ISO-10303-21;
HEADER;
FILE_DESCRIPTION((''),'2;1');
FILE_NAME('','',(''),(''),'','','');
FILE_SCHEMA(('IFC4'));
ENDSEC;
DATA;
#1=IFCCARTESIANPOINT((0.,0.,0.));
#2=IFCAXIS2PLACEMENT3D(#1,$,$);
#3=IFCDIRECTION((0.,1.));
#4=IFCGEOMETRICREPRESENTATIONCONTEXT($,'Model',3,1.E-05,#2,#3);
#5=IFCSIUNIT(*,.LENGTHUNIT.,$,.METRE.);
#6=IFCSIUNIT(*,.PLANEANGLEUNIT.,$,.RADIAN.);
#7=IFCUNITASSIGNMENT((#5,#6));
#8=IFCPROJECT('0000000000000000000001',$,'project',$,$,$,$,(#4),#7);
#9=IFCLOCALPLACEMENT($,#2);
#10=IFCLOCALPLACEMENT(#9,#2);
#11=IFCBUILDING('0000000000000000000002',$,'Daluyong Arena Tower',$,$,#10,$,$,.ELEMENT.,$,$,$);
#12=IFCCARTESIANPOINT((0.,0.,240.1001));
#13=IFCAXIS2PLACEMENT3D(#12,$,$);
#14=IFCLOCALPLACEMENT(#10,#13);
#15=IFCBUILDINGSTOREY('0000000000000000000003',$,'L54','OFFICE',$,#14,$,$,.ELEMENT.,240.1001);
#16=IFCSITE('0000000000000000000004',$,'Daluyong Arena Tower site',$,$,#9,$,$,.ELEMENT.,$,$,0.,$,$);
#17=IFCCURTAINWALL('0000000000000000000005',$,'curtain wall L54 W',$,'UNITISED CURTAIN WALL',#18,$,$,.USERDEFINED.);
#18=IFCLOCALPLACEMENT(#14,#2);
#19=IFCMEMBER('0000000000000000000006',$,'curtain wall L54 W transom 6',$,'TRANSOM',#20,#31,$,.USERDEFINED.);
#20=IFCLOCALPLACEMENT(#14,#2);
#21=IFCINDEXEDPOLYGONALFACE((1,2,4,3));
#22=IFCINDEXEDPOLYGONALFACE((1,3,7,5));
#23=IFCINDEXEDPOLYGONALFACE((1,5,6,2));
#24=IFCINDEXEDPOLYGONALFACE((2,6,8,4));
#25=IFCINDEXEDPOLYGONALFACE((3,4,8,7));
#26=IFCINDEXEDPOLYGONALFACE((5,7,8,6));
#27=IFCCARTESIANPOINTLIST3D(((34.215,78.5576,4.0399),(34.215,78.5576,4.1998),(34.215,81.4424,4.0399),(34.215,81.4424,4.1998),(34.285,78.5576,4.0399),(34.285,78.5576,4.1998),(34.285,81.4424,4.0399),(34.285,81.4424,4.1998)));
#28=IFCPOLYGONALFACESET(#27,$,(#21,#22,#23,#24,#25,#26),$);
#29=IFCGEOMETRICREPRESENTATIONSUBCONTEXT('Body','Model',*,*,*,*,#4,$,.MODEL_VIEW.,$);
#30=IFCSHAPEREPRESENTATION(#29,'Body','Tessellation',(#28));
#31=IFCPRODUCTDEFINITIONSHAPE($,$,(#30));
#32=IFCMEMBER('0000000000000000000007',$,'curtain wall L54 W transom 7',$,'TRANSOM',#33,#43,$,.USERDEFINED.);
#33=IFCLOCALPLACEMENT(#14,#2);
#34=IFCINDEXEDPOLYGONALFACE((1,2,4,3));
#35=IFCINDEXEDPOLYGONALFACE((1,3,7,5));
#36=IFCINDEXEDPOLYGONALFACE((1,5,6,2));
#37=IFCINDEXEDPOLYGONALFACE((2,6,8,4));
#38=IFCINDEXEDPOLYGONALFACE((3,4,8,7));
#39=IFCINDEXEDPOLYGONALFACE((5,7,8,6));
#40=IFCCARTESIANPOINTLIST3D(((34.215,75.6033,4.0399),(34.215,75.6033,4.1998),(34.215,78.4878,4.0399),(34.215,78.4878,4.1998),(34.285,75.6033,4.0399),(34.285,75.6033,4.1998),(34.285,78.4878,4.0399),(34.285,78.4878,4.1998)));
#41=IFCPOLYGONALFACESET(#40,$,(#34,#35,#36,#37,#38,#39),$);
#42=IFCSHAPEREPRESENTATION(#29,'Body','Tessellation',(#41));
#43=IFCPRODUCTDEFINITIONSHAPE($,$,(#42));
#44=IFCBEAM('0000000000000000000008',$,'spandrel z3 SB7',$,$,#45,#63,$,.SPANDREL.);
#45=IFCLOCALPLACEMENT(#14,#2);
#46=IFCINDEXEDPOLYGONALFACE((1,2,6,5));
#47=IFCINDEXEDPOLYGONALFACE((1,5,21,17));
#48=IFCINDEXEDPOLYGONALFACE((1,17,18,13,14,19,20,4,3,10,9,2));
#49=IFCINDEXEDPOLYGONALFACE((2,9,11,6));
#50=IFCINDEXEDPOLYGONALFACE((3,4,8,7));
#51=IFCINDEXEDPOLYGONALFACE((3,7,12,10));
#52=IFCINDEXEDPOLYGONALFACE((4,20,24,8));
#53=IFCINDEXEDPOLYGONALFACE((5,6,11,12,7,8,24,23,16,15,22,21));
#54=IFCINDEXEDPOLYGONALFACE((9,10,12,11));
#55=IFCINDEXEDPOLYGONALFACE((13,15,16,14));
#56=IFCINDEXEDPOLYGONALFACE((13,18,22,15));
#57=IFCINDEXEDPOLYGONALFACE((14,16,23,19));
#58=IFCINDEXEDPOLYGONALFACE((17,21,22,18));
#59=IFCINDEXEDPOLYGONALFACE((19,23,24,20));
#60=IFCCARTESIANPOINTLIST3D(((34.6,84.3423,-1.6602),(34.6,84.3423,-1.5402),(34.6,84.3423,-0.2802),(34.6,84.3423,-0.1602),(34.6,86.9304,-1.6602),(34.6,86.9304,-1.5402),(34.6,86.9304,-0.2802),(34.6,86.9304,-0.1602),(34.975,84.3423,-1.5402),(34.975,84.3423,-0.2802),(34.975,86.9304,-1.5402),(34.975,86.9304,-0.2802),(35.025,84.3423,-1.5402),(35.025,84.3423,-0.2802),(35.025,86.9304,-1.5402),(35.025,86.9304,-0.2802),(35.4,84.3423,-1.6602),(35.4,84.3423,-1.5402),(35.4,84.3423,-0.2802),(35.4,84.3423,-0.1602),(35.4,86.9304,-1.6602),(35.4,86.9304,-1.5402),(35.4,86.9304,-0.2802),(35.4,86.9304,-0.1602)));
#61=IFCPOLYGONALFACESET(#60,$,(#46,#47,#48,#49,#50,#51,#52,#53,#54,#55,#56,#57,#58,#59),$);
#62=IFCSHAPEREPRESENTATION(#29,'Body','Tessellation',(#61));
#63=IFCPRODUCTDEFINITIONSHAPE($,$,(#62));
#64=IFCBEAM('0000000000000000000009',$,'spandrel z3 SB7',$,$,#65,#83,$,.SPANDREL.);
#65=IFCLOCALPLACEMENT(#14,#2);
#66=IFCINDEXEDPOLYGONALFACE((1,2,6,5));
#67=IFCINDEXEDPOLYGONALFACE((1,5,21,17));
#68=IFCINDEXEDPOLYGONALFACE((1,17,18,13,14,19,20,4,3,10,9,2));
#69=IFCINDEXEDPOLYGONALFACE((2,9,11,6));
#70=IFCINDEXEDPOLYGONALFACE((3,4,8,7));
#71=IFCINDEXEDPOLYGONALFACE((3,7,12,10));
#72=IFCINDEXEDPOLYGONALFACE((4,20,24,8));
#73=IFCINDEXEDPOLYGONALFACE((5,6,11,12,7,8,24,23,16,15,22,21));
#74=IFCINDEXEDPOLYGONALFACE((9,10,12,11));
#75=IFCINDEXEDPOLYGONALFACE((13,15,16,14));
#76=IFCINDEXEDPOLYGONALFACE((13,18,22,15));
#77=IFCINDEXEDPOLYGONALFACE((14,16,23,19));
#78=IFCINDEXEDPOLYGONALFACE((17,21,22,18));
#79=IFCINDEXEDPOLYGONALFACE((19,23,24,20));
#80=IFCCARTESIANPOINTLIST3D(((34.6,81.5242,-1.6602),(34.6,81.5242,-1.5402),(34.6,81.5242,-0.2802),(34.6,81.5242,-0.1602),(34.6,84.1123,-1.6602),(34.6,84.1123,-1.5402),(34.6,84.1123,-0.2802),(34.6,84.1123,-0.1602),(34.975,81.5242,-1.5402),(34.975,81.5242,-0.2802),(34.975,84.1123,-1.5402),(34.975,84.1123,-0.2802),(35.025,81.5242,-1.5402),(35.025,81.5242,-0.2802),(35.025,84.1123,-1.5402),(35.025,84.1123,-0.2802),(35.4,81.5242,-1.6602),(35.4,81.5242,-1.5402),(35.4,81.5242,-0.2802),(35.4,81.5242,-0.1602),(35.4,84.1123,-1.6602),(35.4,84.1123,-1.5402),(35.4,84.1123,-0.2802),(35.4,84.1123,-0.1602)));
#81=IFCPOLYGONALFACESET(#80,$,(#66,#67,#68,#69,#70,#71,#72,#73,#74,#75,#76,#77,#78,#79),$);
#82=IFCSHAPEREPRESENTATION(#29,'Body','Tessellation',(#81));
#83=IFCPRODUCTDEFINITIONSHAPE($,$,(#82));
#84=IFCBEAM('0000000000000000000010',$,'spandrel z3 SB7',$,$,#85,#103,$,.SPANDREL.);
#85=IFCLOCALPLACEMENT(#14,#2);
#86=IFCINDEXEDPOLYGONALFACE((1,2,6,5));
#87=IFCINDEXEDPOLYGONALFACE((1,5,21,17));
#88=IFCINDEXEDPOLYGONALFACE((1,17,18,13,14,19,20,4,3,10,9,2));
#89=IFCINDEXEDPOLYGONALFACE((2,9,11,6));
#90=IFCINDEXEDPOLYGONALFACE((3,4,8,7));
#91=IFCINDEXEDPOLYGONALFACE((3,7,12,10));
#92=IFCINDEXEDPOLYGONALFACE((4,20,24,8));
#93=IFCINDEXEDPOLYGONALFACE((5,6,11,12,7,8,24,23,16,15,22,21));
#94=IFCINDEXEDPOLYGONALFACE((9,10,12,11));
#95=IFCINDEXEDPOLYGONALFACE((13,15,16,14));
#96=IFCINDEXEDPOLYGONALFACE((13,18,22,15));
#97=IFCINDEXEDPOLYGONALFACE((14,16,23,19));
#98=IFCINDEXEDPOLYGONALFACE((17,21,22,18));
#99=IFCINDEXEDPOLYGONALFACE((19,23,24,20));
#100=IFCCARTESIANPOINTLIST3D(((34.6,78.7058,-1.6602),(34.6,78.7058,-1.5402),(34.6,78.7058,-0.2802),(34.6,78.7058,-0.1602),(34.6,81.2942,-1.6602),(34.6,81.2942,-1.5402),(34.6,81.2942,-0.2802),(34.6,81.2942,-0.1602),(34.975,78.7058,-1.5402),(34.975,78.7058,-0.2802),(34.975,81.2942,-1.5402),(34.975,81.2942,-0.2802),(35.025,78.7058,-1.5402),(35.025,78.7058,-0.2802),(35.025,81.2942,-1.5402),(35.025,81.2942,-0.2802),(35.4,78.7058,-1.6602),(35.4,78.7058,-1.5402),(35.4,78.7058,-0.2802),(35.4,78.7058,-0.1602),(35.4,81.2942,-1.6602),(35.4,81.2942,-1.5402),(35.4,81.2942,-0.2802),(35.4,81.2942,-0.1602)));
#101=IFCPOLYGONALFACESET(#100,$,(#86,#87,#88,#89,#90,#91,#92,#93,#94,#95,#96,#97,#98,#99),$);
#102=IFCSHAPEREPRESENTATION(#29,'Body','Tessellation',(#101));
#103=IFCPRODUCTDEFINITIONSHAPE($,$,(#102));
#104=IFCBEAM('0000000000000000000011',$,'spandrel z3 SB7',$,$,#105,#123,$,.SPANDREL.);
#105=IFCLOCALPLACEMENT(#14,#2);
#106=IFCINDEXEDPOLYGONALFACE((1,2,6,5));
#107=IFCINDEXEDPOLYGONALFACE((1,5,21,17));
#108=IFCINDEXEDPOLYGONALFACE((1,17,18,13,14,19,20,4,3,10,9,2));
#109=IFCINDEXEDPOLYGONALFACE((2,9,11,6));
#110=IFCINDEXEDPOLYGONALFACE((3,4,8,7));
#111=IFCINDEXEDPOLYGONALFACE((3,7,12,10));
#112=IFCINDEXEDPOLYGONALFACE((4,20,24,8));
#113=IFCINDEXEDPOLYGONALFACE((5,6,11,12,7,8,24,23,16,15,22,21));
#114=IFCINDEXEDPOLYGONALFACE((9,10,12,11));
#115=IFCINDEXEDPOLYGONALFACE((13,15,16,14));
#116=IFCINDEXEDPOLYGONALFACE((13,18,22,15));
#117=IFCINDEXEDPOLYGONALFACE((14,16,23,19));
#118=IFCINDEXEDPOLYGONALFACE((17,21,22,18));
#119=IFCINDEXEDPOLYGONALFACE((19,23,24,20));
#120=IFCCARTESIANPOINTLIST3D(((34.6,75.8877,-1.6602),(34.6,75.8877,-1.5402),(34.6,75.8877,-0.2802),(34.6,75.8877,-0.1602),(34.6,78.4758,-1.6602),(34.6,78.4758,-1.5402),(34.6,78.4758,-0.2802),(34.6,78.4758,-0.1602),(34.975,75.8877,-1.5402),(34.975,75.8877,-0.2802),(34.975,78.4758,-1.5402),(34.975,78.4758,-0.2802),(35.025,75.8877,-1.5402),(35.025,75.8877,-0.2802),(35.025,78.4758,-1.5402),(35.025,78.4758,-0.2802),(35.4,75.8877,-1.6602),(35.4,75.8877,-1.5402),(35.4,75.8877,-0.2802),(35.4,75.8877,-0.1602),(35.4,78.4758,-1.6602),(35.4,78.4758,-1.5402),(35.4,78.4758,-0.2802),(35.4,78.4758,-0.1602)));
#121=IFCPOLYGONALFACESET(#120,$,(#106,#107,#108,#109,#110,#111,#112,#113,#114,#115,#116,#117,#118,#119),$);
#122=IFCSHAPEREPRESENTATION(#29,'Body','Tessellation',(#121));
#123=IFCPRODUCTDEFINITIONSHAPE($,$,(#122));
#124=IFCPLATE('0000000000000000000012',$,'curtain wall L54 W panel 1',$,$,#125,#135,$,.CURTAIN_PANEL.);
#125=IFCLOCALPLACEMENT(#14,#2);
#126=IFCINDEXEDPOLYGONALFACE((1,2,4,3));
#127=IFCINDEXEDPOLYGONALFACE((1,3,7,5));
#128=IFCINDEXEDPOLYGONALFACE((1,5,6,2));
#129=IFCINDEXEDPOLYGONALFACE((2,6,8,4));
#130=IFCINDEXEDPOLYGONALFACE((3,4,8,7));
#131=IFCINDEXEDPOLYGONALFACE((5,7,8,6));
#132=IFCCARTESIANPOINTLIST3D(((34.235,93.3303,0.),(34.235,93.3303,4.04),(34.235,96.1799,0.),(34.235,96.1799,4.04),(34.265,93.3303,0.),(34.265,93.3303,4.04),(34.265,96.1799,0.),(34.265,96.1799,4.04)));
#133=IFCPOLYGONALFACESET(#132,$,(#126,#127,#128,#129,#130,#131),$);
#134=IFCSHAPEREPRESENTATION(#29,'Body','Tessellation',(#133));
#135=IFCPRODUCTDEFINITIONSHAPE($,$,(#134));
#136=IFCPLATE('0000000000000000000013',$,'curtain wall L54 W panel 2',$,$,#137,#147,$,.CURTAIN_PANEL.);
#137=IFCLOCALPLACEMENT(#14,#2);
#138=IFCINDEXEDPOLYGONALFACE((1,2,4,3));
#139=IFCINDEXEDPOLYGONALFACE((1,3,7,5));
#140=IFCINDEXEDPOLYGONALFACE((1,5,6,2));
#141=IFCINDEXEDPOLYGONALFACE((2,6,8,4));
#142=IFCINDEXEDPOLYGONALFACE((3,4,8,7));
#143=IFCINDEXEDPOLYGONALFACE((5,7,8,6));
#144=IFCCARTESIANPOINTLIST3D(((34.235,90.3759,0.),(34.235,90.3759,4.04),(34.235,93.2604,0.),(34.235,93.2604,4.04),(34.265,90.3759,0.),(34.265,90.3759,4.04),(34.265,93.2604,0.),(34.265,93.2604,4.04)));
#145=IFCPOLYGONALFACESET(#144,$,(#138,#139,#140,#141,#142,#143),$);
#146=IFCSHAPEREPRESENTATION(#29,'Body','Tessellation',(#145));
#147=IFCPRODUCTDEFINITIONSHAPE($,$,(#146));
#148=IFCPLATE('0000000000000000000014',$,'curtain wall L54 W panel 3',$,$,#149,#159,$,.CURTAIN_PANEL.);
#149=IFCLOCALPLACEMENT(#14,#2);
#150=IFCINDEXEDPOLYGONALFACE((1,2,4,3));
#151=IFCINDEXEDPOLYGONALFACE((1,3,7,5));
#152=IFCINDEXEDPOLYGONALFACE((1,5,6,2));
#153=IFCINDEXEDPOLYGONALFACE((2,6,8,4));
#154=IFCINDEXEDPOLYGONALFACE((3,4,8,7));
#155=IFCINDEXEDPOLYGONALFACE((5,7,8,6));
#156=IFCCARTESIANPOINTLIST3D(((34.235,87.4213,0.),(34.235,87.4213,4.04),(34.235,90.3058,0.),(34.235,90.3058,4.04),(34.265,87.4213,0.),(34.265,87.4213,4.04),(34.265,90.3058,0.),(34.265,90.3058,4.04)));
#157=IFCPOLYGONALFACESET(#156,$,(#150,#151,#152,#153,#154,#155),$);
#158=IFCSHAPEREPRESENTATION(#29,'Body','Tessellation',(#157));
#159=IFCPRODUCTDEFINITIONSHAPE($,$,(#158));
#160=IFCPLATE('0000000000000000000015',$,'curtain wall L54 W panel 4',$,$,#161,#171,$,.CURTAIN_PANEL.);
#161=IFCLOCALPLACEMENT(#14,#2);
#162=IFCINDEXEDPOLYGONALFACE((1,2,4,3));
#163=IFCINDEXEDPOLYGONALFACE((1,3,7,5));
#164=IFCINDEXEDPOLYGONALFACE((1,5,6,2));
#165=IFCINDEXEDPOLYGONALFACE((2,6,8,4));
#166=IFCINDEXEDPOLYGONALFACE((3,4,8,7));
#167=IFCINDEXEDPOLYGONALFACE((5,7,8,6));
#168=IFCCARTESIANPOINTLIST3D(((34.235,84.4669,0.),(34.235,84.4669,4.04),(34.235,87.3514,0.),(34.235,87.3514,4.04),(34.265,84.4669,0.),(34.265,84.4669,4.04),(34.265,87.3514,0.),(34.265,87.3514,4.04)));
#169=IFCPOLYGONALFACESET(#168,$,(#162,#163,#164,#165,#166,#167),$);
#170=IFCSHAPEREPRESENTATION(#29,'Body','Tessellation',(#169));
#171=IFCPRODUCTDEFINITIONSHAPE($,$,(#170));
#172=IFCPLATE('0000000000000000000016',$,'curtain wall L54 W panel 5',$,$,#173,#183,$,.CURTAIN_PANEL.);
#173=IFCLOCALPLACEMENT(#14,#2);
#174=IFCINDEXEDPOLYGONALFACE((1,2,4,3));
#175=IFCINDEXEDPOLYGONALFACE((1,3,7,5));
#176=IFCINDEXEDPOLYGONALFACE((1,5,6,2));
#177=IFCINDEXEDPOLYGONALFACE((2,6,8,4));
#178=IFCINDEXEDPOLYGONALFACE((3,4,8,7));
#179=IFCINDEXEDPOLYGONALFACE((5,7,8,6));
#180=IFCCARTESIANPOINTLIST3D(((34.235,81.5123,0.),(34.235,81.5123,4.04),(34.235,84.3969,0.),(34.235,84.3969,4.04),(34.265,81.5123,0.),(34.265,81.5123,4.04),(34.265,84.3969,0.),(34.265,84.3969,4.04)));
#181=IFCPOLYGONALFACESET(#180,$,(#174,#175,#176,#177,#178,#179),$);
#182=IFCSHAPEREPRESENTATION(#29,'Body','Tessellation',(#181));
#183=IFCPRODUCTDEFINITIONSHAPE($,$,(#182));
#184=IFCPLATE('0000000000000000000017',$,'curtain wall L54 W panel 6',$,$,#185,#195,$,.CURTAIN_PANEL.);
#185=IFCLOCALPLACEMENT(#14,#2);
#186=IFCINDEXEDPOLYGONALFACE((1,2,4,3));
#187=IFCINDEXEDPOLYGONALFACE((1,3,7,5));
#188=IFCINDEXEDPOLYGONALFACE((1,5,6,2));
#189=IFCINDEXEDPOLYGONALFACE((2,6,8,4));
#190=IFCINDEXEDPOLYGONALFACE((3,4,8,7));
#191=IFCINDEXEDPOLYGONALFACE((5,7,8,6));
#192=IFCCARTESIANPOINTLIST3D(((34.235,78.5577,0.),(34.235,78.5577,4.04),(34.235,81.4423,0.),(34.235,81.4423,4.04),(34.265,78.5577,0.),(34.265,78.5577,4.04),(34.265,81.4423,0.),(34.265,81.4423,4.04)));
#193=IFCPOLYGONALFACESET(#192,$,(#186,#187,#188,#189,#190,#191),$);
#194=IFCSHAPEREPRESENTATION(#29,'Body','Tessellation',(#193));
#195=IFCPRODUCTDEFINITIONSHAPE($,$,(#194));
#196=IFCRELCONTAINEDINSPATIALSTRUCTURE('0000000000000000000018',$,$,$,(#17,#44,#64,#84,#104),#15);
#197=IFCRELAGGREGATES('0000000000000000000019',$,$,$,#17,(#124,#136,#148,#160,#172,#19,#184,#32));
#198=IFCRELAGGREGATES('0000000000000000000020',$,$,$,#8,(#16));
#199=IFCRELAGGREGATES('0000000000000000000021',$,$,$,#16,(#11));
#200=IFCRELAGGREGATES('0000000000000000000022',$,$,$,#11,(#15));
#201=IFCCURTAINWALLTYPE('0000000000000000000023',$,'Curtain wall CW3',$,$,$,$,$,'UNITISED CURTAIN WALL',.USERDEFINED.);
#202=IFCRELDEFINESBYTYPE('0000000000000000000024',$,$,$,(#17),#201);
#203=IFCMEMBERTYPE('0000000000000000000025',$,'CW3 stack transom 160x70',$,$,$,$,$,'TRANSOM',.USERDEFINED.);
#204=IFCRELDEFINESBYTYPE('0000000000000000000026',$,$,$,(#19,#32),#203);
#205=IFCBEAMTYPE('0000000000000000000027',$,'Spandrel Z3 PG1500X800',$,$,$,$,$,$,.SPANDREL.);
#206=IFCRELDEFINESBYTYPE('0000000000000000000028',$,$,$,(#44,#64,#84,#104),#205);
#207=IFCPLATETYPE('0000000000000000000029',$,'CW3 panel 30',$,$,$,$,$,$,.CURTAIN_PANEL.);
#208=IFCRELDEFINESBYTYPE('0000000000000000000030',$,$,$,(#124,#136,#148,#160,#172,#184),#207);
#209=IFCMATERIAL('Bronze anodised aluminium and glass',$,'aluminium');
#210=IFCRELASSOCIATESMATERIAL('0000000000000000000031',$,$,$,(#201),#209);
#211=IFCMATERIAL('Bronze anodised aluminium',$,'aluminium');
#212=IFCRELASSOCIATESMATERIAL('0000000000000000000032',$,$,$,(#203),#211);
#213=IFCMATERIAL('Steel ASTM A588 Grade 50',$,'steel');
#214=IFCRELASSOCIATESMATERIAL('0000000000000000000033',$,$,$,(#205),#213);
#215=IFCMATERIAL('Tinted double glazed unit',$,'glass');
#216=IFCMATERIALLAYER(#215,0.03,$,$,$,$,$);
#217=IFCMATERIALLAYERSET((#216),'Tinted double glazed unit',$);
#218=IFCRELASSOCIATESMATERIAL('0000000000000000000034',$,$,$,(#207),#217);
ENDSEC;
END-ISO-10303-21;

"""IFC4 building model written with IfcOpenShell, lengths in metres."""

from ifc_helpers import new_model, si_unit, direction, frame, origin, origin_2d, place, context, subcontext, project, spatial, rectangle, i_section, extrude, material, layer, layer_set, material_profile, profile_set, type_object, element, aggregate, save


model = new_model("IFC4")

# Units and contexts
model_context = context("Model", 3, precision=1e-05, world=origin(), true_north=direction((0.0, 1.0)))
body_context = subcontext(model_context, "Body", "Model", "MODEL_VIEW")
ifc_project = project(units=[si_unit("LENGTHUNIT", "METRE"), si_unit("PLANEANGLEUNIT", "RADIAN")], contexts=[model_context])

# Site, building, storey
site_placement = place(None, origin())
site = spatial("IfcSite", under=ifc_project, at=site_placement, Name="Daluyong Arena Tower site", CompositionType="ELEMENT", RefElevation=0.0)
building_placement = place(site_placement, origin())
building = spatial("IfcBuilding", under=site, at=building_placement, Name="Daluyong Arena Tower", CompositionType="ELEMENT")
storey_placement = place(building_placement, frame((0.0, 0.0, 240.1001)))
storey = spatial("IfcBuildingStorey", under=building, at=storey_placement, Name="L54", Description="OFFICE", CompositionType="ELEMENT", Elevation=240.1001)

# Curtain wall, members
ifc_material_1 = material(Name="Bronze anodised aluminium and glass", Category="aluminium")
curtain_wall_type = type_object("IfcCurtainWallType", Name="Curtain wall CW3", ElementType="UNITISED CURTAIN WALL", PredefinedType="USERDEFINED", material=ifc_material_1)
curtain_wall_placement = place(storey_placement, origin())
curtain_wall = element("IfcCurtainWall", 1, at=curtain_wall_placement, inside=storey, type_object=curtain_wall_type, Name="curtain wall L54 W", ObjectType="UNITISED CURTAIN WALL", PredefinedType="USERDEFINED")
ifc_material_2 = material(Name="Bronze anodised aluminium", Category="aluminium")
ifc_material_profile_1 = material_profile(ifc_material_2, rectangle(XDim=0.0701, YDim=0.1599, at=origin_2d()))
ifc_profile_set_1 = profile_set([ifc_material_profile_1], Name="Bronze anodised aluminium")
member_type_1 = type_object("IfcMemberType", Name="CW3 stack transom 160x70", ElementType="TRANSOM", PredefinedType="USERDEFINED", material=ifc_profile_set_1)
member_1_placement = place(storey_placement, frame((34.25, 81.4424, 4.1199), z_axis=(0.0, -1.0, 0.0), x_axis=(1.0, 0.0, 0.0)))
member_1 = element("IfcMember", 2, at=member_1_placement, type_object=member_type_1, Name="curtain wall L54 W transom 6", ObjectType="TRANSOM", PredefinedType="USERDEFINED", context=body_context, shape_type="SweptSolid", body=[
    extrude(rectangle(XDim=0.0701, YDim=0.1599, at=origin_2d()), origin(), (0.0, 0.0, 1.0), 2.8848),
])
member_2_placement = place(storey_placement, frame((34.25, 78.4878, 4.1199), z_axis=(0.0, -1.0, 0.0), x_axis=(1.0, 0.0, 0.0)))
member_2 = element("IfcMember", 3, at=member_2_placement, type_object=member_type_1, Name="curtain wall L54 W transom 7", ObjectType="TRANSOM", PredefinedType="USERDEFINED", context=body_context, shape_type="SweptSolid", body=[
    extrude(rectangle(XDim=0.0701, YDim=0.1599, at=origin_2d()), origin(), (0.0, 0.0, 1.0), 2.8845),
])

# Beams
ifc_material_3 = material(Name="Steel ASTM A588 Grade 50", Category="steel")
ifc_material_profile_2 = material_profile(ifc_material_3, i_section(OverallWidth=0.8, OverallDepth=1.5, WebThickness=0.05, FlangeThickness=0.12, at=origin_2d()))
ifc_profile_set_2 = profile_set([ifc_material_profile_2], Name="Steel ASTM A588 Grade 50")
beam_type = type_object("IfcBeamType", Name="Spandrel Z3 PG1500X800", PredefinedType="SPANDREL", material=ifc_profile_set_2)
for number, where, z_axis, x_axis, name in (
    (4, (35.0, 86.9304, -0.9102), (0.0, -1.0, 0.0), (1.0, 0.0, 0.0), "spandrel z3 SB7"),
    (5, (35.0, 84.1123, -0.9102), (0.0, -1.0, 0.0), (1.0, 0.0, 0.0), "spandrel z3 SB7"),
):
    element("IfcBeam", number, at=place(storey_placement, frame(where, z_axis=z_axis, x_axis=x_axis)), inside=storey, type_object=beam_type, Name=name, PredefinedType="SPANDREL", context=body_context, shape_type="SweptSolid", body=[
        extrude(i_section(OverallWidth=0.8, OverallDepth=1.5, WebThickness=0.05, FlangeThickness=0.12, at=origin_2d()), origin(), (0.0, 0.0, 1.0), 2.5881),
    ])
beam_1_placement = place(storey_placement, frame((35.0, 81.2942, -0.9102), z_axis=(0.0, -1.0, 0.0), x_axis=(1.0, 0.0, 0.0)))
element("IfcBeam", 6, at=beam_1_placement, inside=storey, type_object=beam_type, Name="spandrel z3 SB7", PredefinedType="SPANDREL", context=body_context, shape_type="SweptSolid", body=[
    extrude(i_section(OverallWidth=0.8, OverallDepth=1.5, WebThickness=0.05, FlangeThickness=0.12, at=origin_2d()), origin(), (0.0, 0.0, 1.0), 2.5884),
])
beam_2_placement = place(storey_placement, frame((35.0, 78.4758, -0.9102), z_axis=(0.0, -1.0, 0.0), x_axis=(1.0, 0.0, 0.0)))
element("IfcBeam", 7, at=beam_2_placement, inside=storey, type_object=beam_type, Name="spandrel z3 SB7", PredefinedType="SPANDREL", context=body_context, shape_type="SweptSolid", body=[
    extrude(i_section(OverallWidth=0.8, OverallDepth=1.5, WebThickness=0.05, FlangeThickness=0.12, at=origin_2d()), origin(), (0.0, 0.0, 1.0), 2.5881),
])

# Plates
ifc_material_4 = material(Name="Tinted double glazed unit", Category="glass")
ifc_layer = layer(ifc_material_4, 0.03)
ifc_layer_set = layer_set([ifc_layer], Name="Tinted double glazed unit")
plate_type = type_object("IfcPlateType", Name="CW3 panel 30", PredefinedType="CURTAIN_PANEL", material=ifc_layer_set)
plate_1_placement = place(storey_placement, frame((34.25, 94.7551, 0.0), z_axis=(0.0, 0.0, 1.0), x_axis=(0.0, -1.0, 0.0)))
plate_1 = element("IfcPlate", 8, at=plate_1_placement, type_object=plate_type, Name="curtain wall L54 W panel 1", PredefinedType="CURTAIN_PANEL", context=body_context, shape_type="SweptSolid", body=[
    extrude(rectangle(XDim=2.8496, YDim=0.03, at=origin_2d()), origin(), (0.0, 0.0, 1.0), 4.04),
])
plate_2_placement = place(storey_placement, frame((34.25, 91.8181, 0.0), z_axis=(0.0, 0.0, 1.0), x_axis=(0.0, -1.0, 0.0)))
plate_2 = element("IfcPlate", 9, at=plate_2_placement, type_object=plate_type, Name="curtain wall L54 W panel 2", PredefinedType="CURTAIN_PANEL", context=body_context, shape_type="SweptSolid", body=[
    extrude(rectangle(XDim=2.8845, YDim=0.03, at=origin_2d()), origin(), (0.0, 0.0, 1.0), 4.04),
])
plate_3_placement = place(storey_placement, frame((34.25, 88.8635, 0.0), z_axis=(0.0, 0.0, 1.0), x_axis=(0.0, -1.0, 0.0)))
plate_3 = element("IfcPlate", 10, at=plate_3_placement, type_object=plate_type, Name="curtain wall L54 W panel 3", PredefinedType="CURTAIN_PANEL", context=body_context, shape_type="SweptSolid", body=[
    extrude(rectangle(XDim=2.8845, YDim=0.03, at=origin_2d()), origin(), (0.0, 0.0, 1.0), 4.04),
])
plate_4_placement = place(storey_placement, frame((34.25, 85.9092, 0.0), z_axis=(0.0, 0.0, 1.0), x_axis=(0.0, -1.0, 0.0)))
plate_4 = element("IfcPlate", 11, at=plate_4_placement, type_object=plate_type, Name="curtain wall L54 W panel 4", PredefinedType="CURTAIN_PANEL", context=body_context, shape_type="SweptSolid", body=[
    extrude(rectangle(XDim=2.8845, YDim=0.03, at=origin_2d()), origin(), (0.0, 0.0, 1.0), 4.04),
])
plate_5_placement = place(storey_placement, frame((34.25, 82.9546, 0.0), z_axis=(0.0, 0.0, 1.0), x_axis=(0.0, -1.0, 0.0)))
plate_5 = element("IfcPlate", 12, at=plate_5_placement, type_object=plate_type, Name="curtain wall L54 W panel 5", PredefinedType="CURTAIN_PANEL", context=body_context, shape_type="SweptSolid", body=[
    extrude(rectangle(XDim=2.8845, YDim=0.03, at=origin_2d()), origin(), (0.0, 0.0, 1.0), 4.04),
])
plate_6_placement = place(storey_placement, frame((34.25, 80.0, 0.0), z_axis=(0.0, 0.0, 1.0), x_axis=(0.0, -1.0, 0.0)))
plate_6 = element("IfcPlate", 13, at=plate_6_placement, type_object=plate_type, Name="curtain wall L54 W panel 6", PredefinedType="CURTAIN_PANEL", context=body_context, shape_type="SweptSolid", body=[
    extrude(rectangle(XDim=2.8845, YDim=0.03, at=origin_2d()), origin(), (0.0, 0.0, 1.0), 4.04),
])
aggregate(curtain_wall, [plate_1, plate_2, plate_3, plate_4, plate_5, member_1, plate_6, member_2])

save(model, "model.ifc")
